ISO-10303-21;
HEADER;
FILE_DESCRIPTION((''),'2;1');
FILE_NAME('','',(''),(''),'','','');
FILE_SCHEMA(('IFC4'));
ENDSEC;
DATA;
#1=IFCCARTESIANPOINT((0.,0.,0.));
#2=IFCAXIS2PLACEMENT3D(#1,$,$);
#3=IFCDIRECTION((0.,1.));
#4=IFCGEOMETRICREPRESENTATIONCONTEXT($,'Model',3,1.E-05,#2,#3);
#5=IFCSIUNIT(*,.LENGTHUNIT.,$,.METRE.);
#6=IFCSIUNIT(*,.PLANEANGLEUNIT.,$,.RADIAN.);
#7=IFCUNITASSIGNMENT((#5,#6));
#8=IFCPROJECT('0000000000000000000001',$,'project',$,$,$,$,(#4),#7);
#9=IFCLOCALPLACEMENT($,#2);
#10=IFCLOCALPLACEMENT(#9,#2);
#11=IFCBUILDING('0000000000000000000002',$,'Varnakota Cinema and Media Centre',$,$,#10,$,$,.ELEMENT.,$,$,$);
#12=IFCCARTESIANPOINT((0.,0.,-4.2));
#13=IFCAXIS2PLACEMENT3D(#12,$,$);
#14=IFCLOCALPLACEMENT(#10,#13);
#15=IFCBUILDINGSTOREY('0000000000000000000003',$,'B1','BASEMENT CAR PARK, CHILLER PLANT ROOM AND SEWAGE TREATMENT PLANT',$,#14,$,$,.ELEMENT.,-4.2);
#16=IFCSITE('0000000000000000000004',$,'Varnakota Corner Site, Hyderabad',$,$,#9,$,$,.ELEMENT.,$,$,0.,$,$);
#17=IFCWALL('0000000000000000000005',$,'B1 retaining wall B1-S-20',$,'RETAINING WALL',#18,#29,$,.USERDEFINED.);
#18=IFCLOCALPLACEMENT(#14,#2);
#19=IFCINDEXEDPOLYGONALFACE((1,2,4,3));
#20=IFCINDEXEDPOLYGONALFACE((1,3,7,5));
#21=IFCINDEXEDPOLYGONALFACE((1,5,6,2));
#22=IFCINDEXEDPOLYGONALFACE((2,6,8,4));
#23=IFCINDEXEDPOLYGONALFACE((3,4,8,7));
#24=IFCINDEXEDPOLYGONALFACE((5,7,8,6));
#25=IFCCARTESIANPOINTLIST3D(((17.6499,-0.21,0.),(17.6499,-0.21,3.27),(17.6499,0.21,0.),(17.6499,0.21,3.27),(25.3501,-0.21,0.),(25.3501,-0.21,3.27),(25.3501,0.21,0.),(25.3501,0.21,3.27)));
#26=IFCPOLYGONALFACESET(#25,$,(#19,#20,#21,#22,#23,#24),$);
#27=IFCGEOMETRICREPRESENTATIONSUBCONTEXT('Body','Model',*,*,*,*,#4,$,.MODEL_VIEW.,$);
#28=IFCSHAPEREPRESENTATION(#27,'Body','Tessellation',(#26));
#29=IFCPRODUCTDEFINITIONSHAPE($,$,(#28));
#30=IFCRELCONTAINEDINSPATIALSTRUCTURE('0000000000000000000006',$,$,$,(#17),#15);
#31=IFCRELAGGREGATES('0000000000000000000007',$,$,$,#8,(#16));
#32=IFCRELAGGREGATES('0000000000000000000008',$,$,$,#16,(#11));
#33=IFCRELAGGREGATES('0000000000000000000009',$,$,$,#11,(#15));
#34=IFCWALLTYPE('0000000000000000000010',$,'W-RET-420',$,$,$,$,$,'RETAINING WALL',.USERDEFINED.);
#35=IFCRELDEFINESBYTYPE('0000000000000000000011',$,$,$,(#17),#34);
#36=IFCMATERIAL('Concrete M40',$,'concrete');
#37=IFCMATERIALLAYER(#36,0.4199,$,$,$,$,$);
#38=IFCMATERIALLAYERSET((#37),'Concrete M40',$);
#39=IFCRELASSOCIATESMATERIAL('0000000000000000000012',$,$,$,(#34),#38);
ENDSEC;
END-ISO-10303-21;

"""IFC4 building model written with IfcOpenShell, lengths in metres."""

from ifc_helpers import new_model, si_unit, direction, frame, frame_2d, origin, place, context, subcontext, project, spatial, rectangle, extrude, material, layer, layer_set, type_object, element, save


model = new_model("IFC4")

# Units and contexts
model_context = context("Model", 3, precision=1e-05, world=origin(), true_north=direction((0.0, 1.0)))
body_context = subcontext(model_context, "Body", "Model", "MODEL_VIEW")
ifc_project = project(units=[si_unit("LENGTHUNIT", "METRE"), si_unit("PLANEANGLEUNIT", "RADIAN")], contexts=[model_context])

# Site, building, storey
site_placement = place(None, origin())
site = spatial("IfcSite", under=ifc_project, at=site_placement, Name="Varnakota Corner Site, Hyderabad", CompositionType="ELEMENT", RefElevation=0.0)
building_placement = place(site_placement, origin())
building = spatial("IfcBuilding", under=site, at=building_placement, Name="Varnakota Cinema and Media Centre", CompositionType="ELEMENT")
storey_placement = place(building_placement, frame((0.0, 0.0, -4.2)))
storey = spatial("IfcBuildingStorey", under=building, at=storey_placement, Name="B1", Description="BASEMENT CAR PARK, CHILLER PLANT ROOM AND SEWAGE TREATMENT PLANT", CompositionType="ELEMENT", Elevation=-4.2)

# Wall
ifc_material_1 = material(Name="Concrete M40", Category="concrete")
ifc_layer = layer(ifc_material_1, 0.4199)
ifc_layer_set = layer_set([ifc_layer], Name="Concrete M40")
wall_type = type_object("IfcWallType", Name="W-RET-420", ElementType="RETAINING WALL", PredefinedType="USERDEFINED", material=ifc_layer_set)
wall_placement = place(storey_placement, frame((25.3501, 0.0, 0.0), z_axis=(0.0, 0.0, 1.0), x_axis=(-1.0, 0.0, 0.0)))
element("IfcWall", 1, at=wall_placement, inside=storey, type_object=wall_type, Name="B1 retaining wall B1-S-20", ObjectType="RETAINING WALL", PredefinedType="USERDEFINED", context=body_context, shape_type="SweptSolid", body=[
    extrude(rectangle(XDim=7.7002, YDim=0.4199, at=frame_2d((3.8501, 0.0))), origin(), (0.0, 0.0, 1.0), 3.27),
])

save(model, "model.ifc")
